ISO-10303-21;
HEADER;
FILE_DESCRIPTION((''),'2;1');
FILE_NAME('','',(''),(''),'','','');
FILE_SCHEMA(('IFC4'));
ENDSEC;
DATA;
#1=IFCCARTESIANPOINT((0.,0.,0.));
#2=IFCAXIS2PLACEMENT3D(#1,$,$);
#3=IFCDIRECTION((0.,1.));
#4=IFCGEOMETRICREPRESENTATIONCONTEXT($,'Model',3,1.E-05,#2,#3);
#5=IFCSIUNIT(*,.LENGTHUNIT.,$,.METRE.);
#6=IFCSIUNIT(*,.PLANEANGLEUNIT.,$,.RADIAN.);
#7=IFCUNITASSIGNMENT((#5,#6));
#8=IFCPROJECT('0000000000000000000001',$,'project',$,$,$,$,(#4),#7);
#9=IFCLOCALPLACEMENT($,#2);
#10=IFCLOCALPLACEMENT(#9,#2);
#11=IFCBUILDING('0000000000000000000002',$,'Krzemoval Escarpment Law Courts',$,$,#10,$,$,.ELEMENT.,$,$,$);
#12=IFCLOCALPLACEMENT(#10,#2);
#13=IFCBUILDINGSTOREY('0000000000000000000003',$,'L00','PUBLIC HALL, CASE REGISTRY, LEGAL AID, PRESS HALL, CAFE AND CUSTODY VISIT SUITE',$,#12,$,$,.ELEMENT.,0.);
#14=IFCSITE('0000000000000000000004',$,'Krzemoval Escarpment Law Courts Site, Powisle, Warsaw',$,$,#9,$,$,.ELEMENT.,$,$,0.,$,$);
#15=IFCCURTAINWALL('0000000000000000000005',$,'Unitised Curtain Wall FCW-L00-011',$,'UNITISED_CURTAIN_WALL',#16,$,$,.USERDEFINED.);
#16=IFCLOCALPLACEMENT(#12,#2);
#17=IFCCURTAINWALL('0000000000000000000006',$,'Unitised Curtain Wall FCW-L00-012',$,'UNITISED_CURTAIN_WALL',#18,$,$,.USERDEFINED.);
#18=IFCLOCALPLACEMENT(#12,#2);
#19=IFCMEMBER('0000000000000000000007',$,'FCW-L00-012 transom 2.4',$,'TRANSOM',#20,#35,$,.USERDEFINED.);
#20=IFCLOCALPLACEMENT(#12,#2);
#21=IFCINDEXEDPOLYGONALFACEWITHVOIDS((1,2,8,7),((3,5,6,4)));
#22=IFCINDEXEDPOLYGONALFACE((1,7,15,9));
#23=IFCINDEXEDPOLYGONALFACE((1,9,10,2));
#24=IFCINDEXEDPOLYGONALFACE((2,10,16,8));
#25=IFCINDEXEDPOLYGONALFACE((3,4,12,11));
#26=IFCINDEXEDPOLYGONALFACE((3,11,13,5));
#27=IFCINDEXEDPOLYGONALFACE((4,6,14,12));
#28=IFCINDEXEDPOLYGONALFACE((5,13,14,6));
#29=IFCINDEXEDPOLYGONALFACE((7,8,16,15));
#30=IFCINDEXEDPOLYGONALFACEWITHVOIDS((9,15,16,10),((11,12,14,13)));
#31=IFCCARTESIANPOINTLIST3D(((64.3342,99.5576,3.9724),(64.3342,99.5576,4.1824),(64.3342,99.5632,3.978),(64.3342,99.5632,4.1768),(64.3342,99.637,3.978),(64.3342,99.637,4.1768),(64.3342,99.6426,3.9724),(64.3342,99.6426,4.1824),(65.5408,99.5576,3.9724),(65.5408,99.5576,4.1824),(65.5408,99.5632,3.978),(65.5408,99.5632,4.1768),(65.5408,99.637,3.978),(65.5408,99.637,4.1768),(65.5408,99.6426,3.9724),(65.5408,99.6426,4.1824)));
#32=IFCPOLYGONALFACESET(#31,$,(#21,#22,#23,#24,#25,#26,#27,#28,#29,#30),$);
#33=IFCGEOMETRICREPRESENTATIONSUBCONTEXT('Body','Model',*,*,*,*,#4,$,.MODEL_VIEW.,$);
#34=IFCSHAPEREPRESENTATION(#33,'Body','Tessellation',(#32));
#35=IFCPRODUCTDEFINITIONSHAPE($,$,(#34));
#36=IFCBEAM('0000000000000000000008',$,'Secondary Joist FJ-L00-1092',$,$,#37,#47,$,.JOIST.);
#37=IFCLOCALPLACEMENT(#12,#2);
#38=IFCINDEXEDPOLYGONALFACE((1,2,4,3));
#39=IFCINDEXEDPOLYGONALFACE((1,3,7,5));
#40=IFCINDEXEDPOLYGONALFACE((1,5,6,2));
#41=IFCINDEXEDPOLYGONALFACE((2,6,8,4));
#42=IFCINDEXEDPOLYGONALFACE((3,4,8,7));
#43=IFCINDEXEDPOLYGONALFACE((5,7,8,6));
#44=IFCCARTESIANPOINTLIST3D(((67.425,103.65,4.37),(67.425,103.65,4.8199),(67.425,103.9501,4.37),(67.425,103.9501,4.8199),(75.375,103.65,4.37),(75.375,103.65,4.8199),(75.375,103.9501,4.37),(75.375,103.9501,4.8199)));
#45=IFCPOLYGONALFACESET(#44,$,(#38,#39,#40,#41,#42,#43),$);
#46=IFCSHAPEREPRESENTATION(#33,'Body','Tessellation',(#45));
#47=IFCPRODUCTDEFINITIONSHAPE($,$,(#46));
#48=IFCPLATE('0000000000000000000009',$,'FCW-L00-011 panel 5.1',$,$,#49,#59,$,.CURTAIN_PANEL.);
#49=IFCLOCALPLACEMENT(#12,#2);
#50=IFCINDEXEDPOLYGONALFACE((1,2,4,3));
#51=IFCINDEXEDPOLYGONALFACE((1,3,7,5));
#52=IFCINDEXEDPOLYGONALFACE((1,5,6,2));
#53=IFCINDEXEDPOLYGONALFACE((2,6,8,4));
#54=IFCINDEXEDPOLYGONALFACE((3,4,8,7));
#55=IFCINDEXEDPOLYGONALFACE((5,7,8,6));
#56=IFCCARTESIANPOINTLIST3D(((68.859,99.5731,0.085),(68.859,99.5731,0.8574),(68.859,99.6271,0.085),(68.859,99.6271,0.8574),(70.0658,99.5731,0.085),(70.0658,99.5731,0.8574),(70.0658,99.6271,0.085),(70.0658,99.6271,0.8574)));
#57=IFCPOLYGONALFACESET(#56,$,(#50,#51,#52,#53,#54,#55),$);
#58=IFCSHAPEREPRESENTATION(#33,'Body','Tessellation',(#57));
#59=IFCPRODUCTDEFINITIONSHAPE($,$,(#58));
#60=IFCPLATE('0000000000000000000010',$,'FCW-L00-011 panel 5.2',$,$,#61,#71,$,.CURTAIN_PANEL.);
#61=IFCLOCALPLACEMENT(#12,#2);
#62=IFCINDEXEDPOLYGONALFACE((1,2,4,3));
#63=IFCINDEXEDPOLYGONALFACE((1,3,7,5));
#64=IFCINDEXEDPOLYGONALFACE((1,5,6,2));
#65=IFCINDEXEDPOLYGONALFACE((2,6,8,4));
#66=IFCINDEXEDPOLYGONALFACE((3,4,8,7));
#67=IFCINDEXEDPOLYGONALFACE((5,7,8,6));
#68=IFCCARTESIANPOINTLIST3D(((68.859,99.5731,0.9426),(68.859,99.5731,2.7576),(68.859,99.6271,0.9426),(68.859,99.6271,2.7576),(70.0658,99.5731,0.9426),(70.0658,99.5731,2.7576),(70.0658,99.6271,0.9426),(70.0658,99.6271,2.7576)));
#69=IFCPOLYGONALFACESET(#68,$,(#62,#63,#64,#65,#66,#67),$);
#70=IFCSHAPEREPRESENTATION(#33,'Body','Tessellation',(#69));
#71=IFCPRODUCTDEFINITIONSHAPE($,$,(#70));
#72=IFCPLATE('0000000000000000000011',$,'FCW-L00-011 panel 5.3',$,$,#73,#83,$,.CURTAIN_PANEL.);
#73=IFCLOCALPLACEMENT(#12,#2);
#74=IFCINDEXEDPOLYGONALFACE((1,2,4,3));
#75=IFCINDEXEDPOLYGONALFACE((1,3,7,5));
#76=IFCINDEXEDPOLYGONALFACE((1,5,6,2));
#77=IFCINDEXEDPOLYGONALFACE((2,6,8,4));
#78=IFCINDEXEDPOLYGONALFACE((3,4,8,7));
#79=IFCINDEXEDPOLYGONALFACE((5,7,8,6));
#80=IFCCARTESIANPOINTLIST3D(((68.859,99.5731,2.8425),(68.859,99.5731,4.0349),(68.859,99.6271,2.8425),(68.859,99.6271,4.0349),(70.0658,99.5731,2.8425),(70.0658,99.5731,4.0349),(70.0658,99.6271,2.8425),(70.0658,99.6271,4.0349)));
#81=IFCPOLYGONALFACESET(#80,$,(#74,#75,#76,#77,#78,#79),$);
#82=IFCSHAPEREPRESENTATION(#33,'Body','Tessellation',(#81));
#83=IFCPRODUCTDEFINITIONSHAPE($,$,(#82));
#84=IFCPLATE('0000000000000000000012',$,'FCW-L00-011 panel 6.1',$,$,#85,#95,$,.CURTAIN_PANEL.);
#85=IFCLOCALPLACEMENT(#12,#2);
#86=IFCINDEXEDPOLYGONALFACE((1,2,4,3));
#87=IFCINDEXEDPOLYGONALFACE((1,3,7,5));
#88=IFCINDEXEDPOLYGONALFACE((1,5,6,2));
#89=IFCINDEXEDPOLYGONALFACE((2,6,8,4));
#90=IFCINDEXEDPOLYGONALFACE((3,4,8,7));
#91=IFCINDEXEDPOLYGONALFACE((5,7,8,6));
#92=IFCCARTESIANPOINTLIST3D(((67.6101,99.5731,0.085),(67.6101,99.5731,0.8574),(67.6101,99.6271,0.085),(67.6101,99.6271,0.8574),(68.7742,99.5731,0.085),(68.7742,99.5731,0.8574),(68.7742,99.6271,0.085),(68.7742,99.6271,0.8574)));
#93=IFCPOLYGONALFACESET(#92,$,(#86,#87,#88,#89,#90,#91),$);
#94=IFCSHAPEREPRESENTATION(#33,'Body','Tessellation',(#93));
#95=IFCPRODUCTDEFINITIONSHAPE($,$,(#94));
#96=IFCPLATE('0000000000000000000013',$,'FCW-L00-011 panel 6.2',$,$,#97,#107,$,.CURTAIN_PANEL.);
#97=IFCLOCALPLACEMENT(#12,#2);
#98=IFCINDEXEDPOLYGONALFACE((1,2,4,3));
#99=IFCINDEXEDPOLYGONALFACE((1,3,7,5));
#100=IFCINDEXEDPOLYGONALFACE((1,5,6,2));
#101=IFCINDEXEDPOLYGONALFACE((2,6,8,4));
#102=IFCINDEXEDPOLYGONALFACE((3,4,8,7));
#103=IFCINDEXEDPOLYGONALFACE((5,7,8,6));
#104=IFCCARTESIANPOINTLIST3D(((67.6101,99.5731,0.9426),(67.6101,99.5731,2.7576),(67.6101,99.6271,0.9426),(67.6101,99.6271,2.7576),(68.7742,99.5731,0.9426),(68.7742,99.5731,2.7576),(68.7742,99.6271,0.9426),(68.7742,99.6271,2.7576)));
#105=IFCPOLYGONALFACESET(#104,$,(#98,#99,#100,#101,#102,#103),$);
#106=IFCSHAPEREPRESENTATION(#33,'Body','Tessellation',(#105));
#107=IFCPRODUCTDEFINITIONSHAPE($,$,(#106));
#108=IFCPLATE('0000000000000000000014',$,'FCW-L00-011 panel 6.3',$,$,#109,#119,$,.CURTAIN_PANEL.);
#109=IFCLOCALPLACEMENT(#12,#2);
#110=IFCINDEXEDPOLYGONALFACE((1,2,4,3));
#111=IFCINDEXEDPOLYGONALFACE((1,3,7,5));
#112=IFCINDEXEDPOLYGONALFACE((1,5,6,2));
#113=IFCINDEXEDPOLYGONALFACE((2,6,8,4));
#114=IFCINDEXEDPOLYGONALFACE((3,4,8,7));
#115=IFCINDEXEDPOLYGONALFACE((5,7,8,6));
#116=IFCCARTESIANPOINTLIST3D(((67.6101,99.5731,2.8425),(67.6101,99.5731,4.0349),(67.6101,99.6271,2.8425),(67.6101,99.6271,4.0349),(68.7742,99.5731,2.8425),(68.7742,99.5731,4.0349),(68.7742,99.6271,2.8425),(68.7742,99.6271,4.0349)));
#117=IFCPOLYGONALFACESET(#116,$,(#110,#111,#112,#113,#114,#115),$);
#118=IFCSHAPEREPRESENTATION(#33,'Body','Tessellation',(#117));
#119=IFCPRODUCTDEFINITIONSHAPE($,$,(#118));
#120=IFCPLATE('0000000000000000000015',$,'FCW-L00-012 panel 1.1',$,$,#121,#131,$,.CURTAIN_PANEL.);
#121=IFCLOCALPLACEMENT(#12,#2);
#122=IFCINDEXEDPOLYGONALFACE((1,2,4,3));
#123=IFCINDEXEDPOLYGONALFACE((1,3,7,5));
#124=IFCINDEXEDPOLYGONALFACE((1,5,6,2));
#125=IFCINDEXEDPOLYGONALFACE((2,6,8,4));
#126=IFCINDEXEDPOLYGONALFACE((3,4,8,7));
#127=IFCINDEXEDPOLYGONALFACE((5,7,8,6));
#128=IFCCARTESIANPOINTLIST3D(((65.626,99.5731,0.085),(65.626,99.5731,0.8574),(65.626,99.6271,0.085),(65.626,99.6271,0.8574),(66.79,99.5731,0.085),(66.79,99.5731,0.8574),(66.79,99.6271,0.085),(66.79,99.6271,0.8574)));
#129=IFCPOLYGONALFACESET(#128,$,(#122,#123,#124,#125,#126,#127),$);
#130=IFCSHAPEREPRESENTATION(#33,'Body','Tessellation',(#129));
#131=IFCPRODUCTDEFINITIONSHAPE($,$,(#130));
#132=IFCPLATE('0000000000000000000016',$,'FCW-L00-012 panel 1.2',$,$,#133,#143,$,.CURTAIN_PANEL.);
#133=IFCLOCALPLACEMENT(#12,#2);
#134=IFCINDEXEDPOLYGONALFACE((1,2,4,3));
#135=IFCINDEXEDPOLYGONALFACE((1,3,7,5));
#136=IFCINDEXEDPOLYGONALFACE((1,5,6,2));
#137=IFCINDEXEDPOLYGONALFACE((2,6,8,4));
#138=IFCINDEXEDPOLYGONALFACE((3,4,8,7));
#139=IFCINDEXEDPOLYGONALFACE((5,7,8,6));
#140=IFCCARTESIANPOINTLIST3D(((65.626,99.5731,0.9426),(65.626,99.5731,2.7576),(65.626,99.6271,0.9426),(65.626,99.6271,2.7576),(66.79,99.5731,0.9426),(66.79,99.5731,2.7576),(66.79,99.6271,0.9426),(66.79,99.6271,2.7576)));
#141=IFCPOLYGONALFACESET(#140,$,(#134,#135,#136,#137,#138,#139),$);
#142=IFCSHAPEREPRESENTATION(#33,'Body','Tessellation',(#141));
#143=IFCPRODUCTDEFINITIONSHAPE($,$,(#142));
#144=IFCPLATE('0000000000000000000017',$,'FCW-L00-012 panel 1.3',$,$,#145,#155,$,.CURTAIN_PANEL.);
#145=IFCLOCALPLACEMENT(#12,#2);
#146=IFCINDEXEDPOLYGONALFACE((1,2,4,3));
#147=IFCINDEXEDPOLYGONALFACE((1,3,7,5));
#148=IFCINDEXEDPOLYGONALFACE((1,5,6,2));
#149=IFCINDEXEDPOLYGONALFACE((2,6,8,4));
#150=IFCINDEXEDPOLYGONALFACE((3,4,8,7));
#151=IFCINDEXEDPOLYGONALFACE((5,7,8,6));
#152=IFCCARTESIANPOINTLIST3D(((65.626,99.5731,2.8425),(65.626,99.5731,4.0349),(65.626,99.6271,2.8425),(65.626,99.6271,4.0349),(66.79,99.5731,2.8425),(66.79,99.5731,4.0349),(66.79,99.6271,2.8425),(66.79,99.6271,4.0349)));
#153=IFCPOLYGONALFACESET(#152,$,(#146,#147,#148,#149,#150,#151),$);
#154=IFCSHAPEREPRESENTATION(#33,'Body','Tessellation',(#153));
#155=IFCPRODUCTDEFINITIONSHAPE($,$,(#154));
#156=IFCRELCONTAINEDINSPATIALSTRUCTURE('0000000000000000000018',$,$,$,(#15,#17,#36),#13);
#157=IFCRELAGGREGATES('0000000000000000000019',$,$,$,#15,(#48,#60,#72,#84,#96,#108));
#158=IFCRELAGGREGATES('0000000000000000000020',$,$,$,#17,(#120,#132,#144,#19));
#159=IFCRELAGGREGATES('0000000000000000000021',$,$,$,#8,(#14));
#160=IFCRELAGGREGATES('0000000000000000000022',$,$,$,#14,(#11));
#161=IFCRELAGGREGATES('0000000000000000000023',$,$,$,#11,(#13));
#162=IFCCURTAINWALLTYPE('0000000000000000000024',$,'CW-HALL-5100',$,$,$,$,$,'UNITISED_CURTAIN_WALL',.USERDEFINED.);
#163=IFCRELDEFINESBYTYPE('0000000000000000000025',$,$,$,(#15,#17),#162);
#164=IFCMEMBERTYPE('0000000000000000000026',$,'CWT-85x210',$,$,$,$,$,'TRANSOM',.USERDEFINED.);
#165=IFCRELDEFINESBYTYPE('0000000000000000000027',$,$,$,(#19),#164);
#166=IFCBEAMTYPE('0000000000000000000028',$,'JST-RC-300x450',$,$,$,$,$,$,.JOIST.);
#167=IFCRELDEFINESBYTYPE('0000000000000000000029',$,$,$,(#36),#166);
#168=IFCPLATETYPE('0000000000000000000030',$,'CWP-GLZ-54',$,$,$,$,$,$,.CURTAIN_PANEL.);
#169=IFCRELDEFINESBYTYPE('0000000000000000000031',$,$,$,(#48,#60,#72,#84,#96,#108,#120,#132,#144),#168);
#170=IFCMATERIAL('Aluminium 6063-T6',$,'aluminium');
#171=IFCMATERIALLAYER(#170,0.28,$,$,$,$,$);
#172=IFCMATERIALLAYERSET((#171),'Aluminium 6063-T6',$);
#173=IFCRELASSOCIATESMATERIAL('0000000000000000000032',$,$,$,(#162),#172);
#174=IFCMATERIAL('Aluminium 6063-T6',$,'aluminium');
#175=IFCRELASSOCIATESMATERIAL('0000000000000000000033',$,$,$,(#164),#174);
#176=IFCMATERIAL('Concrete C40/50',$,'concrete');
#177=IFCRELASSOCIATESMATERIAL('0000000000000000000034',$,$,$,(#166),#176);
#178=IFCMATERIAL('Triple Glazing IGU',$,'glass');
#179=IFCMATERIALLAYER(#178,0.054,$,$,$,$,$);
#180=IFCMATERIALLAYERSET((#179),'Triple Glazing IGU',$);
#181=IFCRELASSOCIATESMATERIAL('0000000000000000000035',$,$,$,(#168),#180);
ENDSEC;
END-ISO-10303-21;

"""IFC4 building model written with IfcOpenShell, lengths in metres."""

from ifc_helpers import new_model, si_unit, direction, frame, origin, origin_2d, place, context, subcontext, project, spatial, rectangle, hollow_rectangle, extrude, material, layer, layer_set, material_profile, profile_set, type_object, element, aggregate, save


model = new_model("IFC4")

# Units and contexts
model_context = context("Model", 3, precision=1e-05, world=origin(), true_north=direction((0.0, 1.0)))
body_context = subcontext(model_context, "Body", "Model", "MODEL_VIEW")
ifc_project = project(units=[si_unit("LENGTHUNIT", "METRE"), si_unit("PLANEANGLEUNIT", "RADIAN")], contexts=[model_context])

# Site, building, storey
site_placement = place(None, origin())
site = spatial("IfcSite", under=ifc_project, at=site_placement, Name="Krzemoval Escarpment Law Courts Site, Powisle, Warsaw", CompositionType="ELEMENT", RefElevation=0.0)
building_placement = place(site_placement, origin())
building = spatial("IfcBuilding", under=site, at=building_placement, Name="Krzemoval Escarpment Law Courts", CompositionType="ELEMENT")
storey_placement = place(building_placement, origin())
storey = spatial("IfcBuildingStorey", under=building, at=storey_placement, Name="L00", Description="PUBLIC HALL, CASE REGISTRY, LEGAL AID, PRESS HALL, CAFE AND CUSTODY VISIT SUITE", CompositionType="ELEMENT", Elevation=0.0)

# Curtain walls
ifc_material_1 = material(Name="Aluminium 6063-T6", Category="aluminium")
ifc_layer_1 = layer(ifc_material_1, 0.28)
ifc_layer_set_1 = layer_set([ifc_layer_1], Name="Aluminium 6063-T6")
curtain_wall_type = type_object("IfcCurtainWallType", Name="CW-HALL-5100", ElementType="UNITISED_CURTAIN_WALL", PredefinedType="USERDEFINED", material=ifc_layer_set_1)
curtain_wall_1_placement = place(storey_placement, origin())
curtain_wall_1 = element("IfcCurtainWall", 1, at=curtain_wall_1_placement, inside=storey, type_object=curtain_wall_type, Name="Unitised Curtain Wall FCW-L00-011", ObjectType="UNITISED_CURTAIN_WALL", PredefinedType="USERDEFINED")
curtain_wall_2_placement = place(storey_placement, origin())
curtain_wall_2 = element("IfcCurtainWall", 2, at=curtain_wall_2_placement, inside=storey, type_object=curtain_wall_type, Name="Unitised Curtain Wall FCW-L00-012", ObjectType="UNITISED_CURTAIN_WALL", PredefinedType="USERDEFINED")

# Member
ifc_material_2 = material(Name="Aluminium 6063-T6", Category="aluminium")
ifc_material_profile_1 = material_profile(ifc_material_2, hollow_rectangle(XDim=0.085, YDim=0.21, WallThickness=0.0056, at=origin_2d()), Name="ALU T85x210")
ifc_profile_set_1 = profile_set([ifc_material_profile_1], Name="Aluminium 6063-T6")
member_type_1 = type_object("IfcMemberType", Name="CWT-85x210", ElementType="TRANSOM", PredefinedType="USERDEFINED", material=ifc_profile_set_1)
member_1_placement = place(storey_placement, frame((65.5408, 99.6001, 4.0774), z_axis=(-1.0, 0.0, 0.0), x_axis=(0.0, -1.0, 0.0)))
member_1 = element("IfcMember", 3, at=member_1_placement, type_object=member_type_1, Name="FCW-L00-012 transom 2.4", ObjectType="TRANSOM", PredefinedType="USERDEFINED", context=body_context, shape_type="SweptSolid", body=[
    extrude(hollow_rectangle(XDim=0.085, YDim=0.21, WallThickness=0.0056, at=origin_2d()), origin(), (0.0, 0.0, 1.0), 1.2065),
])

# Beam
ifc_material_3 = material(Name="Concrete C40/50", Category="concrete")
ifc_material_profile_2 = material_profile(ifc_material_3, rectangle(XDim=0.3, YDim=0.45, at=origin_2d()), Name="RCB 300x450")
ifc_profile_set_2 = profile_set([ifc_material_profile_2], Name="Concrete C40/50")
beam_type_1 = type_object("IfcBeamType", Name="JST-RC-300x450", PredefinedType="JOIST", material=ifc_profile_set_2)
beam_1_placement = place(storey_placement, frame((67.425, 103.8, 4.595), z_axis=(1.0, 0.0, 0.0), x_axis=(0.0, 1.0, 0.0)))
element("IfcBeam", 4, at=beam_1_placement, inside=storey, type_object=beam_type_1, Name="Secondary Joist FJ-L00-1092", PredefinedType="JOIST", context=body_context, shape_type="SweptSolid", body=[
    extrude(rectangle(XDim=0.3, YDim=0.45, at=origin_2d()), origin(), (0.0, 0.0, 1.0), 7.95),
])

# Plates
ifc_material_4 = material(Name="Triple Glazing IGU", Category="glass")
ifc_layer_2 = layer(ifc_material_4, 0.054)
ifc_layer_set_2 = layer_set([ifc_layer_2], Name="Triple Glazing IGU")
plate_type = type_object("IfcPlateType", Name="CWP-GLZ-54", PredefinedType="CURTAIN_PANEL", material=ifc_layer_set_2)
plate_1_placement = place(storey_placement, frame((69.4624, 99.6001, 0.085), z_axis=(0.0, 0.0, 1.0), x_axis=(-1.0, 0.0, 0.0)))
plate_1 = element("IfcPlate", 5, at=plate_1_placement, type_object=plate_type, Name="FCW-L00-011 panel 5.1", PredefinedType="CURTAIN_PANEL", context=body_context, shape_type="SweptSolid", body=[
    extrude(rectangle(XDim=1.2068, YDim=0.054, at=origin_2d()), origin(), (0.0, 0.0, 1.0), 0.7725),
])
plate_2_placement = place(storey_placement, frame((69.4624, 99.6001, 0.9426), z_axis=(0.0, 0.0, 1.0), x_axis=(-1.0, 0.0, 0.0)))
plate_2 = element("IfcPlate", 6, at=plate_2_placement, type_object=plate_type, Name="FCW-L00-011 panel 5.2", PredefinedType="CURTAIN_PANEL", context=body_context, shape_type="SweptSolid", body=[
    extrude(rectangle(XDim=1.2068, YDim=0.054, at=origin_2d()), origin(), (0.0, 0.0, 1.0), 1.8149),
])
plate_3_placement = place(storey_placement, frame((69.4624, 99.6001, 2.8425), z_axis=(0.0, 0.0, 1.0), x_axis=(-1.0, 0.0, 0.0)))
plate_3 = element("IfcPlate", 7, at=plate_3_placement, type_object=plate_type, Name="FCW-L00-011 panel 5.3", PredefinedType="CURTAIN_PANEL", context=body_context, shape_type="SweptSolid", body=[
    extrude(rectangle(XDim=1.2068, YDim=0.054, at=origin_2d()), origin(), (0.0, 0.0, 1.0), 1.1924),
])
plate_4_placement = place(storey_placement, frame((68.1921, 99.6001, 0.085), z_axis=(0.0, 0.0, 1.0), x_axis=(-1.0, 0.0, 0.0)))
plate_4 = element("IfcPlate", 8, at=plate_4_placement, type_object=plate_type, Name="FCW-L00-011 panel 6.1", PredefinedType="CURTAIN_PANEL", context=body_context, shape_type="SweptSolid", body=[
    extrude(rectangle(XDim=1.1641, YDim=0.054, at=origin_2d()), origin(), (0.0, 0.0, 1.0), 0.7725),
])
plate_5_placement = place(storey_placement, frame((68.1921, 99.6001, 0.9426), z_axis=(0.0, 0.0, 1.0), x_axis=(-1.0, 0.0, 0.0)))
plate_5 = element("IfcPlate", 9, at=plate_5_placement, type_object=plate_type, Name="FCW-L00-011 panel 6.2", PredefinedType="CURTAIN_PANEL", context=body_context, shape_type="SweptSolid", body=[
    extrude(rectangle(XDim=1.1641, YDim=0.054, at=origin_2d()), origin(), (0.0, 0.0, 1.0), 1.8149),
])
plate_6_placement = place(storey_placement, frame((68.1921, 99.6001, 2.8425), z_axis=(0.0, 0.0, 1.0), x_axis=(-1.0, 0.0, 0.0)))
plate_6 = element("IfcPlate", 10, at=plate_6_placement, type_object=plate_type, Name="FCW-L00-011 panel 6.3", PredefinedType="CURTAIN_PANEL", context=body_context, shape_type="SweptSolid", body=[
    extrude(rectangle(XDim=1.1641, YDim=0.054, at=origin_2d()), origin(), (0.0, 0.0, 1.0), 1.1924),
])
aggregate(curtain_wall_1, [plate_1, plate_2, plate_3, plate_4, plate_5, plate_6])
plate_7_placement = place(storey_placement, frame((66.208, 99.6001, 0.085), z_axis=(0.0, 0.0, 1.0), x_axis=(-1.0, 0.0, 0.0)))
plate_7 = element("IfcPlate", 11, at=plate_7_placement, type_object=plate_type, Name="FCW-L00-012 panel 1.1", PredefinedType="CURTAIN_PANEL", context=body_context, shape_type="SweptSolid", body=[
    extrude(rectangle(XDim=1.1641, YDim=0.054, at=origin_2d()), origin(), (0.0, 0.0, 1.0), 0.7725),
])
plate_8_placement = place(storey_placement, frame((66.208, 99.6001, 0.9426), z_axis=(0.0, 0.0, 1.0), x_axis=(-1.0, 0.0, 0.0)))
plate_8 = element("IfcPlate", 12, at=plate_8_placement, type_object=plate_type, Name="FCW-L00-012 panel 1.2", PredefinedType="CURTAIN_PANEL", context=body_context, shape_type="SweptSolid", body=[
    extrude(rectangle(XDim=1.1641, YDim=0.054, at=origin_2d()), origin(), (0.0, 0.0, 1.0), 1.8149),
])
plate_9_placement = place(storey_placement, frame((66.208, 99.6001, 2.8425), z_axis=(0.0, 0.0, 1.0), x_axis=(-1.0, 0.0, 0.0)))
plate_9 = element("IfcPlate", 13, at=plate_9_placement, type_object=plate_type, Name="FCW-L00-012 panel 1.3", PredefinedType="CURTAIN_PANEL", context=body_context, shape_type="SweptSolid", body=[
    extrude(rectangle(XDim=1.1641, YDim=0.054, at=origin_2d()), origin(), (0.0, 0.0, 1.0), 1.1924),
])
aggregate(curtain_wall_2, [plate_7, plate_8, plate_9, member_1])

save(model, "model.ifc")
